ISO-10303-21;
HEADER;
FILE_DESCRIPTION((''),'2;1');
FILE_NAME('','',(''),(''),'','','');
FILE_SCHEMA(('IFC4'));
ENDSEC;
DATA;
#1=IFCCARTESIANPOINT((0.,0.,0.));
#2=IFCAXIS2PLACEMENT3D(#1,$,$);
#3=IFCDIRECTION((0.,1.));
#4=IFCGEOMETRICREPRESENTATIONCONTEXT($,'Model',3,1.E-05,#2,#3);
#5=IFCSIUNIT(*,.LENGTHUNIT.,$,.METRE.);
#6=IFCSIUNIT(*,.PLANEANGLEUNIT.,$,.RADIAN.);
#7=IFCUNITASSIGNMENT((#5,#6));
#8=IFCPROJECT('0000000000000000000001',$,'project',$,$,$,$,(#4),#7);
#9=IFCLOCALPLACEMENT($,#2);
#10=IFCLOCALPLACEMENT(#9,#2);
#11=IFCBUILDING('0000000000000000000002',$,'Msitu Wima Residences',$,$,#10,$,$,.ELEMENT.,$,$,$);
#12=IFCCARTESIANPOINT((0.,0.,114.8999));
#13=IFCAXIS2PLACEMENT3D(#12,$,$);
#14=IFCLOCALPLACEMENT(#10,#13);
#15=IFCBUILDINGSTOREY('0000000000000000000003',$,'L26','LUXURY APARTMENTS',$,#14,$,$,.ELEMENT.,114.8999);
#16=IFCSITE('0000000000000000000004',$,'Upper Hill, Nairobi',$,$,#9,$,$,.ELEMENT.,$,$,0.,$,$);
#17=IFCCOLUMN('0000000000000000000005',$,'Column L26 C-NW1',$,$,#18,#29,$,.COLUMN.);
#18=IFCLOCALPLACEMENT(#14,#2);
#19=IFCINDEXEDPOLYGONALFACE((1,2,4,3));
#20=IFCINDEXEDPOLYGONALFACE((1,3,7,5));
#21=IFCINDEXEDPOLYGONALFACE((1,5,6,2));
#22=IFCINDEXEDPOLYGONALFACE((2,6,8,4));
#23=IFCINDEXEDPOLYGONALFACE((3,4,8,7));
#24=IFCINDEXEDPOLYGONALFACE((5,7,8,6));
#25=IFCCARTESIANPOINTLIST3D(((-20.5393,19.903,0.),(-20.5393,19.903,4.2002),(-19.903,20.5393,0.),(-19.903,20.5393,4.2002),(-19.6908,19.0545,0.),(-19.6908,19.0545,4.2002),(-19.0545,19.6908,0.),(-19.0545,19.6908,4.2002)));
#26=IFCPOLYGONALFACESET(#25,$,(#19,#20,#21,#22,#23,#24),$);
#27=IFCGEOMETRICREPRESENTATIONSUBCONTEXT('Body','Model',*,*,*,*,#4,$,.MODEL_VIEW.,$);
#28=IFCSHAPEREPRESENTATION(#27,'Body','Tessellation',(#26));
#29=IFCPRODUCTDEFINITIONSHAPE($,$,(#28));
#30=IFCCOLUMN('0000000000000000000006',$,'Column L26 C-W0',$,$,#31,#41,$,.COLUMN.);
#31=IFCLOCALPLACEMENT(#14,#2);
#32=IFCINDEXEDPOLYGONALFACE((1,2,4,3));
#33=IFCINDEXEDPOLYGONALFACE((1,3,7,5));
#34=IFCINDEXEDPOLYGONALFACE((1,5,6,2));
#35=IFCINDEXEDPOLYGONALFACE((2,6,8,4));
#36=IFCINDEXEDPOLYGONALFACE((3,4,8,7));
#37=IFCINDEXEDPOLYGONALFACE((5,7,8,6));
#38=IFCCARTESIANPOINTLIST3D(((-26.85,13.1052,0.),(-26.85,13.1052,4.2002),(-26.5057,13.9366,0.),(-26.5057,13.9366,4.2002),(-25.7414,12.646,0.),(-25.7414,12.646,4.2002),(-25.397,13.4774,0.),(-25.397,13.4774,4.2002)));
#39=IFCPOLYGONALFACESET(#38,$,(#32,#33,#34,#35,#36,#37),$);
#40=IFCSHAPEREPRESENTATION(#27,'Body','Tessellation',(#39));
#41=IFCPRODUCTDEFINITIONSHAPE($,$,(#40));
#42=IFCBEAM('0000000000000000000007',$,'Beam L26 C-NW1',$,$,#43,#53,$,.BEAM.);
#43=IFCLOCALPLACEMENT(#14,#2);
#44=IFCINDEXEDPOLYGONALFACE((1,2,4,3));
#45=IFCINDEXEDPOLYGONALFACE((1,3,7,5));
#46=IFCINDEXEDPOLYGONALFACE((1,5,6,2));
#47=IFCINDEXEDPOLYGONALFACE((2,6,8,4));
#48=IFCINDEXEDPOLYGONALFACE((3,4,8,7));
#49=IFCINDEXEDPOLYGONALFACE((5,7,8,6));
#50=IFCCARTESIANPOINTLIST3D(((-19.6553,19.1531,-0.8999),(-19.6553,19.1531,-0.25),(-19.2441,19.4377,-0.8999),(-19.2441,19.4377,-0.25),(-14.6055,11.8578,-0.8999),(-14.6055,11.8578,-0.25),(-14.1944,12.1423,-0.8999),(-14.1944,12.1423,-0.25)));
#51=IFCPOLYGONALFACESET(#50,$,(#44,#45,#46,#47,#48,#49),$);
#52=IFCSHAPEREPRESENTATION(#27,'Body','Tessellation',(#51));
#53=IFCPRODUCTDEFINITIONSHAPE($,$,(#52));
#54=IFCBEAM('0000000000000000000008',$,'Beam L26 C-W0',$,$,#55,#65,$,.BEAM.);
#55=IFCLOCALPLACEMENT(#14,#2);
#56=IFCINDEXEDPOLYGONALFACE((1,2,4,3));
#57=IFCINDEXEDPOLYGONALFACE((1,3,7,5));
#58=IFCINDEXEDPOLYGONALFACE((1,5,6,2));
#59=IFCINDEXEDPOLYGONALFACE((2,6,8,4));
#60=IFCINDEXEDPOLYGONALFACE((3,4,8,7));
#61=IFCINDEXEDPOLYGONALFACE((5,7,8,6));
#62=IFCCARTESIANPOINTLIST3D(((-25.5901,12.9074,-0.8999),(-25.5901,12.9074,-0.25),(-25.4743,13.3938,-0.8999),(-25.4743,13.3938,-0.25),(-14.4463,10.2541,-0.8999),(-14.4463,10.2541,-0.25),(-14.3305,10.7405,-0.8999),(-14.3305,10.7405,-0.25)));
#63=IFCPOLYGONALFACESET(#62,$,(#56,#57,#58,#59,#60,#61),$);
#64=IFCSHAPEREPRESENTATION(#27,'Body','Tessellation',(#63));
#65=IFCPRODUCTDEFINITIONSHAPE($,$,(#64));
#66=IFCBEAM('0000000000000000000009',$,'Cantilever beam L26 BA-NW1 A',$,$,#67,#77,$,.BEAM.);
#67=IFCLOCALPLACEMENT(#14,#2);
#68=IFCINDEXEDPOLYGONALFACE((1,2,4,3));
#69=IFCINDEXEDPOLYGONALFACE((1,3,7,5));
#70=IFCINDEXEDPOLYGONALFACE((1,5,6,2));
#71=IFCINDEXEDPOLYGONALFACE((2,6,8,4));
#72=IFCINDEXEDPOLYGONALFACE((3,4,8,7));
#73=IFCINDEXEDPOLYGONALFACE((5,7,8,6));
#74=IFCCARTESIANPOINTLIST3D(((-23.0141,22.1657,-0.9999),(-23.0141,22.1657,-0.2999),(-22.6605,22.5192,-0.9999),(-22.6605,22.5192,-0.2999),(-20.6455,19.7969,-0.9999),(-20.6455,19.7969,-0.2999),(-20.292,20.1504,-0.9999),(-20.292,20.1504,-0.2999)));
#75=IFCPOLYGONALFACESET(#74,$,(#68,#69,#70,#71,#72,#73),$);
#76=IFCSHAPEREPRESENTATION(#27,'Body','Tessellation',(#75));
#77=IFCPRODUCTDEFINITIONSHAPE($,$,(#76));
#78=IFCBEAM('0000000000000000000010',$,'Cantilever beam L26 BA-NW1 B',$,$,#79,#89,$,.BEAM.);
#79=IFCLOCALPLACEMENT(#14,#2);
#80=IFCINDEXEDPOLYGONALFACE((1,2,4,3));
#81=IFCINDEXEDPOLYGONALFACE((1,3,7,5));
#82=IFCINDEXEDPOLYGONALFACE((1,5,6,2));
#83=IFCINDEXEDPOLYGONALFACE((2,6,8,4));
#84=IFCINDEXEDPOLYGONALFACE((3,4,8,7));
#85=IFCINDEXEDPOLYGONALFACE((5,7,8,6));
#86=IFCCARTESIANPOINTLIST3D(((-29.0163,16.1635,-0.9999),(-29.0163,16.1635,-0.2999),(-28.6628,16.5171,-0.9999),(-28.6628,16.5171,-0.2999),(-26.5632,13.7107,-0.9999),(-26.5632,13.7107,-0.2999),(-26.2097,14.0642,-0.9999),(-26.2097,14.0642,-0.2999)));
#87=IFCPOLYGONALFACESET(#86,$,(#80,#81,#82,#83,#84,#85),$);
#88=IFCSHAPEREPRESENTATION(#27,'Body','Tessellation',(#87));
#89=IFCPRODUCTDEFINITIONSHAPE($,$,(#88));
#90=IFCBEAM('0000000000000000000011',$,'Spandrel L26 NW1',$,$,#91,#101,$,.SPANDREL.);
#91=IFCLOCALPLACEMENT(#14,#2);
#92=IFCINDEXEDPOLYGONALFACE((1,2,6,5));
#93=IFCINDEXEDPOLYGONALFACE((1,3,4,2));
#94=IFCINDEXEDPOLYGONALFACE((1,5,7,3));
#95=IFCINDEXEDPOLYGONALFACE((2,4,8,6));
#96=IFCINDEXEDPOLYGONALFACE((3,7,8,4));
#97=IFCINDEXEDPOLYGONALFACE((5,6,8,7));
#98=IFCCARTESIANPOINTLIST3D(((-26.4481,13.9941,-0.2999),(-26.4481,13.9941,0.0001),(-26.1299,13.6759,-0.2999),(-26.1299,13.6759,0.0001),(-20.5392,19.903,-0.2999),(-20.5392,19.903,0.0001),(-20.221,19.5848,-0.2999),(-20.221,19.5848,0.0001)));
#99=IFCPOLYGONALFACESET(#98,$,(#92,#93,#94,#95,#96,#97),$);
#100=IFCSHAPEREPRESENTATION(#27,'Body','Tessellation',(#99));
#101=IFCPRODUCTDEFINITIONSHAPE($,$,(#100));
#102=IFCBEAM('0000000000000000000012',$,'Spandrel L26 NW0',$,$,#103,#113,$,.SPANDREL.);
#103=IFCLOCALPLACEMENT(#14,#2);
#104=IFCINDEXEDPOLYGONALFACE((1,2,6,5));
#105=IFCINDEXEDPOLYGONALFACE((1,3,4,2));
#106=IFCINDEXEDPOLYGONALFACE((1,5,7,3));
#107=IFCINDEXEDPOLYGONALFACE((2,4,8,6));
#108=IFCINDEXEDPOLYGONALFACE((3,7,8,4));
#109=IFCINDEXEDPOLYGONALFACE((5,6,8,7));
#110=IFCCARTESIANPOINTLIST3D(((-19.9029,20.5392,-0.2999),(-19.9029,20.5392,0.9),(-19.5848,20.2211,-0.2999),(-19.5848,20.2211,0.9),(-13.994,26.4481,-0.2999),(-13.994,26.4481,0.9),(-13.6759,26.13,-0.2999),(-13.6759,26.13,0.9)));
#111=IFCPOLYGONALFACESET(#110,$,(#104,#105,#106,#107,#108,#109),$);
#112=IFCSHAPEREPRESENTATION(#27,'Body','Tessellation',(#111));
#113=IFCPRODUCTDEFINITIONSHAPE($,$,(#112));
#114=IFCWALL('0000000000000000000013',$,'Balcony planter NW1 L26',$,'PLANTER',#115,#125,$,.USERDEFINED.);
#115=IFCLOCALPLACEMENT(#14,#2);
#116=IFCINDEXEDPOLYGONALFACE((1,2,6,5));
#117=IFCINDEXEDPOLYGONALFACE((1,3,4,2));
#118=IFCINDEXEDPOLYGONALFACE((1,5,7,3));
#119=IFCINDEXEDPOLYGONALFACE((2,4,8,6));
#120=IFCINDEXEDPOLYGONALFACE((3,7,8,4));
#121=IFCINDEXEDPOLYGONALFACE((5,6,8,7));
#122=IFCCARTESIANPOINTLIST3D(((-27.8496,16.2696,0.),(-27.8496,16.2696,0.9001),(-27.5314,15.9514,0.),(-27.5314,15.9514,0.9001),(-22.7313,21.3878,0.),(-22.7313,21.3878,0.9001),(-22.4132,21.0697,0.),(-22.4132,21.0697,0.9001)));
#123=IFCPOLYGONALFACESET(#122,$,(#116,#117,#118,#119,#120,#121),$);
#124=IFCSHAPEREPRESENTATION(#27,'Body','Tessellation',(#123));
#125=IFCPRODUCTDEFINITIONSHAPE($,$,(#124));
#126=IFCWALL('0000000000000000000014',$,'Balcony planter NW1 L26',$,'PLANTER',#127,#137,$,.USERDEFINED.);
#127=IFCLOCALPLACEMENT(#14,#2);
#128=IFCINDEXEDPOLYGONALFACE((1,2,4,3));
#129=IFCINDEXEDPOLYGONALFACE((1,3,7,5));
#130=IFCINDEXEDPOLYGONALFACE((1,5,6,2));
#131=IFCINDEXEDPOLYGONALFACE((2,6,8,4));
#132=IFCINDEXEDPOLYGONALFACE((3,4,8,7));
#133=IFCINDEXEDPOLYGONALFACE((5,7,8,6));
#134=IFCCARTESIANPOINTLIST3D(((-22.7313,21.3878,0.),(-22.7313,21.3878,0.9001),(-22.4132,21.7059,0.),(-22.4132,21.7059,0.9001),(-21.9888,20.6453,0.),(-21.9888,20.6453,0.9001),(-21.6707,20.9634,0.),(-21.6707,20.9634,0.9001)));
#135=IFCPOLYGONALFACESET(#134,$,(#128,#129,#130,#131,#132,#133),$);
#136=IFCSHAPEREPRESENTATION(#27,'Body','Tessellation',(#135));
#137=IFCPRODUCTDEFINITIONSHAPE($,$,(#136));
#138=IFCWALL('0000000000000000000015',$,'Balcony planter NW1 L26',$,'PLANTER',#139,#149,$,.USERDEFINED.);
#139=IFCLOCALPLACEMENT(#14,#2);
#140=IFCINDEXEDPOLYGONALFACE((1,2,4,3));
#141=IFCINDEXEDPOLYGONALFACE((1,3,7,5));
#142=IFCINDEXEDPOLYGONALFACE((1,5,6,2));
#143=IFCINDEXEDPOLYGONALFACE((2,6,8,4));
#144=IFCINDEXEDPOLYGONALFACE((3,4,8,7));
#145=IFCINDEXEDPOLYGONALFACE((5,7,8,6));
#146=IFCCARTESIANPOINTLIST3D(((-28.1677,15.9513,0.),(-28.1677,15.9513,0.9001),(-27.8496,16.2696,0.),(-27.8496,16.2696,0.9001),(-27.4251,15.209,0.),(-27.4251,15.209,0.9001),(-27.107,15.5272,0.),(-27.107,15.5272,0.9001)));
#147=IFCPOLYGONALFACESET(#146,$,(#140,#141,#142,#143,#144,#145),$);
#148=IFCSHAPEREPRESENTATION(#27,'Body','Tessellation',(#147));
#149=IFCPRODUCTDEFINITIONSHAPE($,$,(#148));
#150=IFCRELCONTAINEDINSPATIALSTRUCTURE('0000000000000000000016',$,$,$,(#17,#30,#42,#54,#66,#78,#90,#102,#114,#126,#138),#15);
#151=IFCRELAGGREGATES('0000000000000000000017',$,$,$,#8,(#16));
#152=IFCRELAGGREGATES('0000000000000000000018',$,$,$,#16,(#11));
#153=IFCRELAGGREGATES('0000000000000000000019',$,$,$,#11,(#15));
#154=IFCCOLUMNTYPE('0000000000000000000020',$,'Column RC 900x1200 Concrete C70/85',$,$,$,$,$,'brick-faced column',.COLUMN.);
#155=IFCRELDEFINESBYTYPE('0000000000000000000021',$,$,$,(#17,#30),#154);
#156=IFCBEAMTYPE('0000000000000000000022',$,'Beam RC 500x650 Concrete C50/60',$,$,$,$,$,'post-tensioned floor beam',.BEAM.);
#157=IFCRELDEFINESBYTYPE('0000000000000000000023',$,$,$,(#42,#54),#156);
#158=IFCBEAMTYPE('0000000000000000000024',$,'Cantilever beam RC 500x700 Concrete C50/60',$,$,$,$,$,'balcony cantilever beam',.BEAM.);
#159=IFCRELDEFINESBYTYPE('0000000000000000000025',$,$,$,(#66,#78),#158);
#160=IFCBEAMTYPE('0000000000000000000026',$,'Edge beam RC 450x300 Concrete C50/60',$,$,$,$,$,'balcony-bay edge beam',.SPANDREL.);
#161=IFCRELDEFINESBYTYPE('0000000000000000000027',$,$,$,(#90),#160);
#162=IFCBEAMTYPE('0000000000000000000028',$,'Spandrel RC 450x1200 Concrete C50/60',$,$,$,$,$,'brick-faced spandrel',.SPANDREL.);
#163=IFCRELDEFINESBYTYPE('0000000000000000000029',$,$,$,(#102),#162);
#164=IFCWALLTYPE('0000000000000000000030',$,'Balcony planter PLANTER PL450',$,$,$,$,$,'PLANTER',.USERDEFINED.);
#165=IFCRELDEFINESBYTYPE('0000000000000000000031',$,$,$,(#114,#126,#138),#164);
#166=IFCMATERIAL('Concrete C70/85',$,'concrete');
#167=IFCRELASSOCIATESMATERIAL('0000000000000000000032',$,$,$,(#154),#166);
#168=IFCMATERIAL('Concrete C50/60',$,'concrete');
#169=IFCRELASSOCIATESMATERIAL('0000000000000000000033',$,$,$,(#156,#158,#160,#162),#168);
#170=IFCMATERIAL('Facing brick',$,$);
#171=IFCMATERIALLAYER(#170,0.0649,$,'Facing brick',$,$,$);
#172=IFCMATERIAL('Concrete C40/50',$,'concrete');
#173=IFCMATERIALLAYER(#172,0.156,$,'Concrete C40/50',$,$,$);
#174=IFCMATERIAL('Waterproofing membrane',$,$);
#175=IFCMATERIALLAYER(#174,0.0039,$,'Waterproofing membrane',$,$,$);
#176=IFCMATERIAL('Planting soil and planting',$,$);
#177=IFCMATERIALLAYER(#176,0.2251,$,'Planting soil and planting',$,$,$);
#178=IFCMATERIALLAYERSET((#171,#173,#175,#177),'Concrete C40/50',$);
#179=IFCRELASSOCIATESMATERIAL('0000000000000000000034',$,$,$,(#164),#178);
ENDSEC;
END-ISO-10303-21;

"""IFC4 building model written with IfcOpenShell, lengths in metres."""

from ifc_helpers import new_model, si_unit, direction, frame, frame_2d, origin, origin_2d, place, context, subcontext, project, spatial, rectangle, extrude, material, layer, layer_set, material_profile, profile_set, type_object, element, save


model = new_model("IFC4")

# Units and contexts
model_context = context("Model", 3, precision=1e-05, world=origin(), true_north=direction((0.0, 1.0)))
body_context = subcontext(model_context, "Body", "Model", "MODEL_VIEW")
ifc_project = project(units=[si_unit("LENGTHUNIT", "METRE"), si_unit("PLANEANGLEUNIT", "RADIAN")], contexts=[model_context])

# Site, building, storey
site_placement = place(None, origin())
site = spatial("IfcSite", under=ifc_project, at=site_placement, Name="Upper Hill, Nairobi", CompositionType="ELEMENT", RefElevation=0.0)
building_placement = place(site_placement, origin())
building = spatial("IfcBuilding", under=site, at=building_placement, Name="Msitu Wima Residences", CompositionType="ELEMENT")
storey_placement = place(building_placement, frame((0.0, 0.0, 114.8999)))
storey = spatial("IfcBuildingStorey", under=building, at=storey_placement, Name="L26", Description="LUXURY APARTMENTS", CompositionType="ELEMENT", Elevation=114.8999)

# Columns
ifc_material_1 = material(Name="Concrete C70/85", Category="concrete")
ifc_material_profile_1 = material_profile(ifc_material_1, rectangle(XDim=0.8999, YDim=1.2, at=origin_2d()), Name="RC 900x1200")
ifc_profile_set_1 = profile_set([ifc_material_profile_1], Name="Concrete C70/85")
column_type = type_object("IfcColumnType", Name="Column RC 900x1200 Concrete C70/85", ElementType="brick-faced column", PredefinedType="COLUMN", material=ifc_profile_set_1)
for number, where, z_axis, x_axis, name in (
    (1, (-19.7969, 19.7969, 0.0), (0.0, 0.0, 1.0), (-0.707107, -0.707107, 0.0), "Column L26 C-NW1"),
    (2, (-26.1235, 13.2913, 0.0), (0.0, 0.0, 1.0), (-0.382683, -0.92388, 0.0), "Column L26 C-W0"),
):
    element("IfcColumn", number, at=place(storey_placement, frame(where, z_axis=z_axis, x_axis=x_axis)), inside=storey, type_object=column_type, Name=name, PredefinedType="COLUMN", context=body_context, shape_type="SweptSolid", body=[
        extrude(rectangle(XDim=0.8999, YDim=1.2, at=origin_2d()), origin(), (0.0, 0.0, 1.0), 4.2002),
    ])

# Beams
ifc_material_2 = material(Name="Concrete C50/60", Category="concrete")
ifc_material_profile_2 = material_profile(ifc_material_2, rectangle(XDim=0.5, YDim=0.6499, at=origin_2d()), Name="RC 500x650")
ifc_profile_set_2 = profile_set([ifc_material_profile_2], Name="Concrete C50/60")
beam_type_1 = type_object("IfcBeamType", Name="Beam RC 500x650 Concrete C50/60", ElementType="post-tensioned floor beam", PredefinedType="BEAM", material=ifc_profile_set_2)
beam_1_placement = place(storey_placement, frame((-19.4497, 19.2954, -0.575), z_axis=(0.569144, -0.822238, 0.0), x_axis=(0.822238, 0.569144, 0.0)))
element("IfcBeam", 3, at=beam_1_placement, inside=storey, type_object=beam_type_1, Name="Beam L26 C-NW1", PredefinedType="BEAM", context=body_context, shape_type="SweptSolid", body=[
    extrude(rectangle(XDim=0.5, YDim=0.6499, at=origin_2d()), origin(), (0.0, 0.0, 1.0), 8.8726),
])
beam_2_placement = place(storey_placement, frame((-25.5322, 13.1506, -0.575), z_axis=(0.972806, -0.231623, 0.0), x_axis=(0.231623, 0.972806, 0.0)))
element("IfcBeam", 4, at=beam_2_placement, inside=storey, type_object=beam_type_1, Name="Beam L26 C-W0", PredefinedType="BEAM", context=body_context, shape_type="SweptSolid", body=[
    extrude(rectangle(XDim=0.5, YDim=0.6499, at=origin_2d()), origin(), (0.0, 0.0, 1.0), 11.4553),
])
ifc_material_profile_3 = material_profile(ifc_material_2, rectangle(XDim=0.5, YDim=0.7, at=origin_2d()), Name="RC 500x700")
ifc_profile_set_3 = profile_set([ifc_material_profile_3], Name="Concrete C50/60")
beam_type_2 = type_object("IfcBeamType", Name="Cantilever beam RC 500x700 Concrete C50/60", ElementType="balcony cantilever beam", PredefinedType="BEAM", material=ifc_profile_set_3)
beam_3_placement = place(storey_placement, frame((-20.4688, 19.9736, -0.6499), z_axis=(-0.70707, 0.707143, 0.0), x_axis=(-0.707143, -0.70707, 0.0)))
element("IfcBeam", 5, at=beam_3_placement, inside=storey, type_object=beam_type_2, Name="Cantilever beam L26 BA-NW1 A", PredefinedType="BEAM", context=body_context, shape_type="SweptSolid", body=[
    extrude(rectangle(XDim=0.5, YDim=0.7, at=origin_2d()), origin(), (0.0, 0.0, 1.0), 3.3499),
])
beam_4_placement = place(storey_placement, frame((-26.3865, 13.8875, -0.6499), z_axis=(-0.707142, 0.707072, 0.0), x_axis=(-0.707072, -0.707142, 0.0)))
element("IfcBeam", 6, at=beam_4_placement, inside=storey, type_object=beam_type_2, Name="Cantilever beam L26 BA-NW1 B", PredefinedType="BEAM", context=body_context, shape_type="SweptSolid", body=[
    extrude(rectangle(XDim=0.5, YDim=0.7, at=origin_2d()), origin(), (0.0, 0.0, 1.0), 3.469),
])
ifc_material_profile_4 = material_profile(ifc_material_2, rectangle(XDim=0.45, YDim=0.3, at=origin_2d()), Name="RC 450x300")
ifc_profile_set_4 = profile_set([ifc_material_profile_4], Name="Concrete C50/60")
beam_type_3 = type_object("IfcBeamType", Name="Edge beam RC 450x300 Concrete C50/60", ElementType="balcony-bay edge beam", PredefinedType="SPANDREL", material=ifc_profile_set_4)
beam_5_placement = place(storey_placement, frame((-20.3801, 19.7439, -0.1499), z_axis=(-0.707107, -0.707107, 0.0), x_axis=(0.707107, -0.707107, 0.0)))
element("IfcBeam", 7, at=beam_5_placement, inside=storey, type_object=beam_type_3, Name="Spandrel L26 NW1", PredefinedType="SPANDREL", context=body_context, shape_type="SweptSolid", body=[
    extrude(rectangle(XDim=0.45, YDim=0.3, at=origin_2d()), origin(), (0.0, 0.0, 1.0), 8.3564),
])
ifc_material_profile_5 = material_profile(ifc_material_2, rectangle(XDim=0.45, YDim=1.2, at=origin_2d()), Name="RC 450x1200")
ifc_profile_set_5 = profile_set([ifc_material_profile_5], Name="Concrete C50/60")
beam_type_4 = type_object("IfcBeamType", Name="Spandrel RC 450x1200 Concrete C50/60", ElementType="brick-faced spandrel", PredefinedType="SPANDREL", material=ifc_profile_set_5)
beam_6_placement = place(storey_placement, frame((-13.835, 26.2891, 0.3), z_axis=(-0.707107, -0.707107, 0.0), x_axis=(0.707107, -0.707107, 0.0)))
element("IfcBeam", 8, at=beam_6_placement, inside=storey, type_object=beam_type_4, Name="Spandrel L26 NW0", PredefinedType="SPANDREL", context=body_context, shape_type="SweptSolid", body=[
    extrude(rectangle(XDim=0.45, YDim=1.2, at=origin_2d()), origin(), (0.0, 0.0, 1.0), 8.3564),
])

# Walls
ifc_material_3 = material(Name="Facing brick")
ifc_layer_1 = layer(ifc_material_3, 0.0649, Name="Facing brick")
ifc_material_4 = material(Name="Concrete C40/50", Category="concrete")
ifc_layer_2 = layer(ifc_material_4, 0.156, Name="Concrete C40/50")
ifc_material_5 = material(Name="Waterproofing membrane")
ifc_layer_3 = layer(ifc_material_5, 0.0039, Name="Waterproofing membrane")
ifc_material_6 = material(Name="Planting soil and planting")
ifc_layer_4 = layer(ifc_material_6, 0.2251, Name="Planting soil and planting")
ifc_layer_set_1 = layer_set([ifc_layer_1, ifc_layer_2, ifc_layer_3, ifc_layer_4], Name="Concrete C40/50")
wall_type_1 = type_object("IfcWallType", Name="Balcony planter PLANTER PL450", ElementType="PLANTER", PredefinedType="USERDEFINED", material=ifc_layer_set_1)
wall_1_placement = place(storey_placement, frame((-22.5723, 21.2288, 0.0), z_axis=(0.0, 0.0, 1.0), x_axis=(-0.707107, -0.707107, 0.0)))
element("IfcWall", 9, at=wall_1_placement, inside=storey, type_object=wall_type_1, Name="Balcony planter NW1 L26", ObjectType="PLANTER", PredefinedType="USERDEFINED", context=body_context, shape_type="SweptSolid", body=[
    extrude(rectangle(XDim=7.2383, YDim=0.45, at=frame_2d((3.6191, 0.0))), origin(), (0.0, 0.0, 1.0), 0.9001),
])
for number, where, z_axis, x_axis, name in (
    (10, (-21.8298, 20.8044, 0.0), (0.0, 0.0, 1.0), (-0.707107, 0.707107, 0.0), "Balcony planter NW1 L26"),
    (11, (-27.2661, 15.3682, 0.0), (0.0, 0.0, 1.0), (-0.707223, 0.706991, 0.0), "Balcony planter NW1 L26"),
):
    element("IfcWall", number, at=place(storey_placement, frame(where, z_axis=z_axis, x_axis=x_axis)), inside=storey, type_object=wall_type_1, Name=name, ObjectType="PLANTER", PredefinedType="USERDEFINED", context=body_context, shape_type="SweptSolid", body=[
        extrude(rectangle(XDim=1.05, YDim=0.45, at=frame_2d((0.5249, 0.0))), origin(), (0.0, 0.0, 1.0), 0.9001),
    ])

save(model, "model.ifc")
